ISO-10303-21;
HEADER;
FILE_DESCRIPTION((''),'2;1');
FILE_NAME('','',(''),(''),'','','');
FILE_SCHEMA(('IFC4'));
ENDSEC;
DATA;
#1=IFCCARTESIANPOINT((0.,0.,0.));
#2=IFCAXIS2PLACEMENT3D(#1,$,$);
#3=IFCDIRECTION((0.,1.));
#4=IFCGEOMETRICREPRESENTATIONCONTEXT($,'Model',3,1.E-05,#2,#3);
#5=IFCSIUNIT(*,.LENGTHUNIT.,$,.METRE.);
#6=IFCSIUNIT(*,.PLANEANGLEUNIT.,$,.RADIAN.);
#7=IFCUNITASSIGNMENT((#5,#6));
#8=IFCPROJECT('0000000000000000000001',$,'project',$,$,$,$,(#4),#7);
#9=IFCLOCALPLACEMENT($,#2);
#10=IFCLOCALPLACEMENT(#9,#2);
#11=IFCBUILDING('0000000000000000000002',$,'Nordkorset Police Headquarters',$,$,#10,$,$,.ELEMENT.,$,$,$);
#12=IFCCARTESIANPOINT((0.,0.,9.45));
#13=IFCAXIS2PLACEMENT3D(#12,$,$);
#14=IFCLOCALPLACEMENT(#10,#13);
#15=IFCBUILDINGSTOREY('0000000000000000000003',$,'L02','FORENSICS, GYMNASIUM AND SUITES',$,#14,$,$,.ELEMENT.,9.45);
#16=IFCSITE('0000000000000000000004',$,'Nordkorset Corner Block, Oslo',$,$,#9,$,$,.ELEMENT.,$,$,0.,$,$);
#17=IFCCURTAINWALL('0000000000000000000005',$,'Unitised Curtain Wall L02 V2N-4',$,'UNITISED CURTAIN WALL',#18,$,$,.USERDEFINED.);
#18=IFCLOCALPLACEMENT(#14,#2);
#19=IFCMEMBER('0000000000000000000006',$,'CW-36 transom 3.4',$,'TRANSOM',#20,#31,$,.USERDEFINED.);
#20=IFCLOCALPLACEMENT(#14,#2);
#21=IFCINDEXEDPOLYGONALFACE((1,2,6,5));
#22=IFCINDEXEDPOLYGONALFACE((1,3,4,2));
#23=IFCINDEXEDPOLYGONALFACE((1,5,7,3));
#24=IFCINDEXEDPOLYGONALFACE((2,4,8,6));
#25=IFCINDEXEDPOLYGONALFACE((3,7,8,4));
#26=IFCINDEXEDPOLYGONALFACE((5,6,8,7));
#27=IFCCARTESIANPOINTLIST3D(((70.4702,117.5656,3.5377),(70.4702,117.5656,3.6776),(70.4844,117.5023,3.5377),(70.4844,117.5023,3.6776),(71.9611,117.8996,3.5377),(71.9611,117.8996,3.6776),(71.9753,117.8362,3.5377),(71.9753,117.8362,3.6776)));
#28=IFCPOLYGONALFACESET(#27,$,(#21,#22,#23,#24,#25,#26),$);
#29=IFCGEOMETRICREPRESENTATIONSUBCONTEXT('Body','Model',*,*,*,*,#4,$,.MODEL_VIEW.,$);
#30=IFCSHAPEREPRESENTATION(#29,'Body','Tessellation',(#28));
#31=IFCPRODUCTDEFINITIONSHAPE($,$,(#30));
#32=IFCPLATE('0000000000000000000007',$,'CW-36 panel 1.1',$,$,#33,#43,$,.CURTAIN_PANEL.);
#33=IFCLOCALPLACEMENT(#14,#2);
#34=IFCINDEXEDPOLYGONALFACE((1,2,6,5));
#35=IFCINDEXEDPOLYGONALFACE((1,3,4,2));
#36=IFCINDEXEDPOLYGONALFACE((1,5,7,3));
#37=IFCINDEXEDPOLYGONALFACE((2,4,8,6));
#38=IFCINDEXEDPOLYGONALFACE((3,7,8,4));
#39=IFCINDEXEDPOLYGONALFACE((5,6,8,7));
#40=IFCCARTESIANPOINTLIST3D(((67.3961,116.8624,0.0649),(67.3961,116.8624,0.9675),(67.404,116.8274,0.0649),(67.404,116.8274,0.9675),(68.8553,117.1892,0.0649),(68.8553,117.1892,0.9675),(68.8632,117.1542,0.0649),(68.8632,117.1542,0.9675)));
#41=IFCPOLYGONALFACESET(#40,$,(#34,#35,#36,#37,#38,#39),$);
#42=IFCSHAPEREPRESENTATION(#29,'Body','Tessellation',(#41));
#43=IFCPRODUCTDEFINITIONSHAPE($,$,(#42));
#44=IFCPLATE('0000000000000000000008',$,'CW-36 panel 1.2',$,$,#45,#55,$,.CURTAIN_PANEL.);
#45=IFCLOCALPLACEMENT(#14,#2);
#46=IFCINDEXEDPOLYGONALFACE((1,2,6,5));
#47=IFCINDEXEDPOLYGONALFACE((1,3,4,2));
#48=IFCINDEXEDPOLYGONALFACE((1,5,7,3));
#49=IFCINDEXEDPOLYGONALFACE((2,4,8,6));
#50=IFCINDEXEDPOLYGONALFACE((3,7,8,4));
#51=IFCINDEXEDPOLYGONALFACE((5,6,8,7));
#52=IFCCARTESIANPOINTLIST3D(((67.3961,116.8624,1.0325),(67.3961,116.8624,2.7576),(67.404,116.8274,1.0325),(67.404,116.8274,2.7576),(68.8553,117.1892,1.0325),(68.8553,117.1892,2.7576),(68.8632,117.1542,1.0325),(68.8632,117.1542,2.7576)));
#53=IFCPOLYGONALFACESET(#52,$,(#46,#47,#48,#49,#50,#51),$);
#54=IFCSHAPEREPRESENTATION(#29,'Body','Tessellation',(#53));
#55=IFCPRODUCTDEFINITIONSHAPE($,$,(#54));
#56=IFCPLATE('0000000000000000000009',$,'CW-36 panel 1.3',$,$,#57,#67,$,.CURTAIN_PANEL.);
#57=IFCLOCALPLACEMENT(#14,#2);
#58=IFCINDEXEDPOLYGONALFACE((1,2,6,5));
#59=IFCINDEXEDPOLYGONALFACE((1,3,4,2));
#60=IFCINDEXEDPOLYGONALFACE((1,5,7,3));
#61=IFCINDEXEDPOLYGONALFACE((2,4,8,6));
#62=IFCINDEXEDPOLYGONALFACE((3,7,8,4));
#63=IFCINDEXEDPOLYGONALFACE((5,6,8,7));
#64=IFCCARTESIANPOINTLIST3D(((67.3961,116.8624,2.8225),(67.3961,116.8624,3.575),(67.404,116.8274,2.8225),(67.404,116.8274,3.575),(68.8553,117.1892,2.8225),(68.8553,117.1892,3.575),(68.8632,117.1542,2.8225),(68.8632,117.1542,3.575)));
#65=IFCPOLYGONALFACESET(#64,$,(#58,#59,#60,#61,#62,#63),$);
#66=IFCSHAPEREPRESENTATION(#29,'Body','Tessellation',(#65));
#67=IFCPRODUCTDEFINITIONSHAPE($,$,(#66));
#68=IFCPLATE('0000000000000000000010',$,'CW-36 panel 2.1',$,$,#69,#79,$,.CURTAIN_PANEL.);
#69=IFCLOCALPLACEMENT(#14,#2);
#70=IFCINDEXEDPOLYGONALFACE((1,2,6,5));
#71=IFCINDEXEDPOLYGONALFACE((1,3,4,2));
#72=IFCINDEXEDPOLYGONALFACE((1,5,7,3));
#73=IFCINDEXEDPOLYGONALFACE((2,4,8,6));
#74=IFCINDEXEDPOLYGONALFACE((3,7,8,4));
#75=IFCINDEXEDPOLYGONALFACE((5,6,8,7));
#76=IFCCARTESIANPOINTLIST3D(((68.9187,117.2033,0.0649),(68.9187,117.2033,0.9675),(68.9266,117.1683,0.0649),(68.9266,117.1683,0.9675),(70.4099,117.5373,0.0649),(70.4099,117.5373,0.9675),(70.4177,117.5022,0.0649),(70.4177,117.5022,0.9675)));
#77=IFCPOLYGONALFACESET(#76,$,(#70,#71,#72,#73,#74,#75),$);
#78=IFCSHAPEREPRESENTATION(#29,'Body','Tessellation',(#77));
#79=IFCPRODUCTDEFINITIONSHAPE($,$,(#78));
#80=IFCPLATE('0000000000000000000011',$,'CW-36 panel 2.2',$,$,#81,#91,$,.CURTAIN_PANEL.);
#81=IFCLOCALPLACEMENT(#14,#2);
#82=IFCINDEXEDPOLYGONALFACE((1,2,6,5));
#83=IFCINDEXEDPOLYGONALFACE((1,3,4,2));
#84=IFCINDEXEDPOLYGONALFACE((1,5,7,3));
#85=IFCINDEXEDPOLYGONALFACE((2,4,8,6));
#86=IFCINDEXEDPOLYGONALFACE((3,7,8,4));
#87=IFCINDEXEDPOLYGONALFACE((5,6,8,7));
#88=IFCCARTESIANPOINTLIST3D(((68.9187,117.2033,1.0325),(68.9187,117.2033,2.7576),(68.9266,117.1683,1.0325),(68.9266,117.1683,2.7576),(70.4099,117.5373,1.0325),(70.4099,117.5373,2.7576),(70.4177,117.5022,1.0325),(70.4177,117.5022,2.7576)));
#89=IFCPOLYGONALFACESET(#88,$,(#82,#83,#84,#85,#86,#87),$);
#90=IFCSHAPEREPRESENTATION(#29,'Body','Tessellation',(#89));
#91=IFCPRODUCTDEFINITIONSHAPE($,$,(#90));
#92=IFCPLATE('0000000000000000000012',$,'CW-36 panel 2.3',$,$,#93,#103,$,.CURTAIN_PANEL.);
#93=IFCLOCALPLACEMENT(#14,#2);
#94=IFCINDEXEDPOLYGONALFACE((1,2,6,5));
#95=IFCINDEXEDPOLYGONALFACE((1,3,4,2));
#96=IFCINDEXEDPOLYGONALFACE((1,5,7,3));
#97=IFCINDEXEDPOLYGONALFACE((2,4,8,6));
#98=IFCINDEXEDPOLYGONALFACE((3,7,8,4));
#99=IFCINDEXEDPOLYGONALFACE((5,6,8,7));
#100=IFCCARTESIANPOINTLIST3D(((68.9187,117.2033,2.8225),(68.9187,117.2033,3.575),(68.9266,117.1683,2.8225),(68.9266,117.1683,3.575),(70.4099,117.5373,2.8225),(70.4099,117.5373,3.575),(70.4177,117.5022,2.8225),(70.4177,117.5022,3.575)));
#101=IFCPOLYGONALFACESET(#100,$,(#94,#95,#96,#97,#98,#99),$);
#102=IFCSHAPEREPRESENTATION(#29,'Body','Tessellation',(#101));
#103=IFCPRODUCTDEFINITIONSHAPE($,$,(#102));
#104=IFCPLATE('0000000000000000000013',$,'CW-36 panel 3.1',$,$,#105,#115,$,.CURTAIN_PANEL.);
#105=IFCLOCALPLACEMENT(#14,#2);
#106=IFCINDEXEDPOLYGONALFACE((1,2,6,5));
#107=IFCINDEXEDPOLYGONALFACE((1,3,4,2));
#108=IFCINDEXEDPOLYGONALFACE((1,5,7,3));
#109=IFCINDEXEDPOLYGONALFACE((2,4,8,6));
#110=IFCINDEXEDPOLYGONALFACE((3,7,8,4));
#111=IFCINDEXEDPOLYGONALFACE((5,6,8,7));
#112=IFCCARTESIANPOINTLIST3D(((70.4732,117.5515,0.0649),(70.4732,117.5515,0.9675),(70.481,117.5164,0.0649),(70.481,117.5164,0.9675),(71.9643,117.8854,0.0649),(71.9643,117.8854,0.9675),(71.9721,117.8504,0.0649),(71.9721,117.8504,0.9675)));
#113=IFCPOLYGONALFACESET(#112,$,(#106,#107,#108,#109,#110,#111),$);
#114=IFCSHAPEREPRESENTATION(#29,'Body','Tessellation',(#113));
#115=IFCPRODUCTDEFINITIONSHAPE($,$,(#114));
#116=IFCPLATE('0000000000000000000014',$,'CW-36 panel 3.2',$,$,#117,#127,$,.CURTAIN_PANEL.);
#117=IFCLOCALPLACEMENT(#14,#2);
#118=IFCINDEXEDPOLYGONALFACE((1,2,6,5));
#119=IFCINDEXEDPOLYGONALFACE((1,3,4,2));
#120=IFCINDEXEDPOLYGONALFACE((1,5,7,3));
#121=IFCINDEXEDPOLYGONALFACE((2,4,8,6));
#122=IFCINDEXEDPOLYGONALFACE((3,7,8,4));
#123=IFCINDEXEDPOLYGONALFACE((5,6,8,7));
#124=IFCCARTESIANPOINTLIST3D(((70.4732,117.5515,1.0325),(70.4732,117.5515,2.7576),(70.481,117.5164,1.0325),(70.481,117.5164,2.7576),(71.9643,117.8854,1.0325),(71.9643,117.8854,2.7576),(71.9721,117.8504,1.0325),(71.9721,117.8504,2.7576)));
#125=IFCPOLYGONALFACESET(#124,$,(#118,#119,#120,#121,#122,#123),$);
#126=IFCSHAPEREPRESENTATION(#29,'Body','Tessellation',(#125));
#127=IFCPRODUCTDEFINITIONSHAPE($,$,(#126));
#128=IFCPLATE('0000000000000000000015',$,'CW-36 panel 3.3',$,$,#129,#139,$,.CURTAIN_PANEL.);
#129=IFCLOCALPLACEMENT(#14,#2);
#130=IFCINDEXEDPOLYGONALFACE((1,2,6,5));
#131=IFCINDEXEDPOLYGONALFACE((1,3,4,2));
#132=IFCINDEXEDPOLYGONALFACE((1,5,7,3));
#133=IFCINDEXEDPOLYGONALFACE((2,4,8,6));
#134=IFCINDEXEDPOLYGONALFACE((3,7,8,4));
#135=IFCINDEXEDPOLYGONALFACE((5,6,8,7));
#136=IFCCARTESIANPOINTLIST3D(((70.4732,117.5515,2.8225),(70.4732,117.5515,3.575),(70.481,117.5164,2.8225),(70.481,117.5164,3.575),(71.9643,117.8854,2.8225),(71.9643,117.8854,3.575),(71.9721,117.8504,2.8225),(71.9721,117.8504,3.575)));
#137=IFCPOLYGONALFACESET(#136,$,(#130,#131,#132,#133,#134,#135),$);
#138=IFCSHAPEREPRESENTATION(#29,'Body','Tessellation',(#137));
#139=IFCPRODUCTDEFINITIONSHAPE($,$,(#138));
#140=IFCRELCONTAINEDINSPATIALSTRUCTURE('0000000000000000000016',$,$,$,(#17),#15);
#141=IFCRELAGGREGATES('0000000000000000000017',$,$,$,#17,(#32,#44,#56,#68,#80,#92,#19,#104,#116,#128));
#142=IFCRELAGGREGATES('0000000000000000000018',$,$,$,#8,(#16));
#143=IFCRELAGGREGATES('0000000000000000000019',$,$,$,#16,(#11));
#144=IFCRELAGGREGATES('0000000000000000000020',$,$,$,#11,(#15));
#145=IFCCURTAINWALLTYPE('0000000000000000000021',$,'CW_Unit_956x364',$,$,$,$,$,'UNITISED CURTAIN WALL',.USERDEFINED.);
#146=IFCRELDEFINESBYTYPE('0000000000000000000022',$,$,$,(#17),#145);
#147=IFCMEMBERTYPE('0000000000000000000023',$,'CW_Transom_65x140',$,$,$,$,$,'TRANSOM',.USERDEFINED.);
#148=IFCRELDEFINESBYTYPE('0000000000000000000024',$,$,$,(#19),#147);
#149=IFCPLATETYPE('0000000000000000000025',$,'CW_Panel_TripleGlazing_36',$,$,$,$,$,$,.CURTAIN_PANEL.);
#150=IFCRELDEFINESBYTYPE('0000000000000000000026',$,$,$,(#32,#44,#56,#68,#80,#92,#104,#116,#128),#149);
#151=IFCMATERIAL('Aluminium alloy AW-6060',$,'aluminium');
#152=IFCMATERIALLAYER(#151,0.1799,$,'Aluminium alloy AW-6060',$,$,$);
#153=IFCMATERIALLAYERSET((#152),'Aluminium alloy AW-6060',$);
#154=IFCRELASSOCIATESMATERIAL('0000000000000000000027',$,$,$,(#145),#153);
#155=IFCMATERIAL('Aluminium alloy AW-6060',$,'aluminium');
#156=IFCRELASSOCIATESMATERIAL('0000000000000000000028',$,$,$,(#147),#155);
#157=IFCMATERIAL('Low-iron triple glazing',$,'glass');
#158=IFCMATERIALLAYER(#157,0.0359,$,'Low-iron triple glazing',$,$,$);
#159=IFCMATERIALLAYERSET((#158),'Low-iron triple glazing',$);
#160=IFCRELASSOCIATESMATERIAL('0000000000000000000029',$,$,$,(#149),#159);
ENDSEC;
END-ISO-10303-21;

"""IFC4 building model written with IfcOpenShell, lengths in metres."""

from ifc_helpers import new_model, si_unit, direction, frame, origin, origin_2d, place, context, subcontext, project, spatial, rectangle, extrude, material, layer, layer_set, material_profile, profile_set, type_object, element, aggregate, save


model = new_model("IFC4")

# Units and contexts
model_context = context("Model", 3, precision=1e-05, world=origin(), true_north=direction((0.0, 1.0)))
body_context = subcontext(model_context, "Body", "Model", "MODEL_VIEW")
ifc_project = project(units=[si_unit("LENGTHUNIT", "METRE"), si_unit("PLANEANGLEUNIT", "RADIAN")], contexts=[model_context])

# Site, building, storey
site_placement = place(None, origin())
site = spatial("IfcSite", under=ifc_project, at=site_placement, Name="Nordkorset Corner Block, Oslo", CompositionType="ELEMENT", RefElevation=0.0)
building_placement = place(site_placement, origin())
building = spatial("IfcBuilding", under=site, at=building_placement, Name="Nordkorset Police Headquarters", CompositionType="ELEMENT")
storey_placement = place(building_placement, frame((0.0, 0.0, 9.45)))
storey = spatial("IfcBuildingStorey", under=building, at=storey_placement, Name="L02", Description="FORENSICS, GYMNASIUM AND SUITES", CompositionType="ELEMENT", Elevation=9.45)

# Curtain wall, member, plates
ifc_material_1 = material(Name="Aluminium alloy AW-6060", Category="aluminium")
ifc_layer_1 = layer(ifc_material_1, 0.1799, Name="Aluminium alloy AW-6060")
ifc_layer_set_1 = layer_set([ifc_layer_1], Name="Aluminium alloy AW-6060")
curtain_wall_type = type_object("IfcCurtainWallType", Name="CW_Unit_956x364", ElementType="UNITISED CURTAIN WALL", PredefinedType="USERDEFINED", material=ifc_layer_set_1)
curtain_wall_placement = place(storey_placement, origin())
curtain_wall = element("IfcCurtainWall", 1, at=curtain_wall_placement, inside=storey, type_object=curtain_wall_type, Name="Unitised Curtain Wall L02 V2N-4", ObjectType="UNITISED CURTAIN WALL", PredefinedType="USERDEFINED")
ifc_material_2 = material(Name="Aluminium alloy AW-6060", Category="aluminium")
ifc_material_profile_1 = material_profile(ifc_material_2, rectangle(XDim=0.0649, YDim=0.1399, at=origin_2d()), Name="ALU TRAN 65x140")
ifc_profile_set_1 = profile_set([ifc_material_profile_1], Name="Aluminium alloy AW-6060")
member_type_1 = type_object("IfcMemberType", Name="CW_Transom_65x140", ElementType="TRANSOM", PredefinedType="USERDEFINED", material=ifc_profile_set_1)
member_1_placement = place(storey_placement, frame((70.4773, 117.5339, 3.6077), z_axis=(0.975817, 0.218588, 0.0), x_axis=(-0.218588, 0.975817, 0.0)))
member_1 = element("IfcMember", 2, at=member_1_placement, type_object=member_type_1, Name="CW-36 transom 3.4", ObjectType="TRANSOM", PredefinedType="USERDEFINED", context=body_context, shape_type="SweptSolid", body=[
    extrude(rectangle(XDim=0.0649, YDim=0.1399, at=origin_2d()), origin(), (0.0, 0.0, 1.0), 1.5278),
])
ifc_material_3 = material(Name="Low-iron triple glazing", Category="glass")
ifc_layer_2 = layer(ifc_material_3, 0.0359, Name="Low-iron triple glazing")
ifc_layer_set_2 = layer_set([ifc_layer_2], Name="Low-iron triple glazing")
plate_type = type_object("IfcPlateType", Name="CW_Panel_TripleGlazing_36", PredefinedType="CURTAIN_PANEL", material=ifc_layer_set_2)
plate_1_placement = place(storey_placement, frame((68.1296, 117.0083, 0.0649), z_axis=(0.0, 0.0, 1.0), x_axis=(0.975827, 0.218544, 0.0)))
plate_1 = element("IfcPlate", 3, at=plate_1_placement, type_object=plate_type, Name="CW-36 panel 1.1", PredefinedType="CURTAIN_PANEL", context=body_context, shape_type="SweptSolid", body=[
    extrude(rectangle(XDim=1.4954, YDim=0.0359, at=origin_2d()), origin(), (0.0, 0.0, 1.0), 0.9026),
])
plate_2_placement = place(storey_placement, frame((68.1296, 117.0083, 1.0325), z_axis=(0.0, 0.0, 1.0), x_axis=(0.975827, 0.218544, 0.0)))
plate_2 = element("IfcPlate", 4, at=plate_2_placement, type_object=plate_type, Name="CW-36 panel 1.2", PredefinedType="CURTAIN_PANEL", context=body_context, shape_type="SweptSolid", body=[
    extrude(rectangle(XDim=1.4954, YDim=0.0359, at=origin_2d()), origin(), (0.0, 0.0, 1.0), 1.7251),
])
plate_3_placement = place(storey_placement, frame((68.1296, 117.0083, 2.8225), z_axis=(0.0, 0.0, 1.0), x_axis=(0.975827, 0.218544, 0.0)))
plate_3 = element("IfcPlate", 5, at=plate_3_placement, type_object=plate_type, Name="CW-36 panel 1.3", PredefinedType="CURTAIN_PANEL", context=body_context, shape_type="SweptSolid", body=[
    extrude(rectangle(XDim=1.4954, YDim=0.0359, at=origin_2d()), origin(), (0.0, 0.0, 1.0), 0.7524),
])
plate_4_placement = place(storey_placement, frame((69.6682, 117.3528, 0.0649), z_axis=(0.0, 0.0, 1.0), x_axis=(0.975827, 0.218544, 0.0)))
plate_4 = element("IfcPlate", 6, at=plate_4_placement, type_object=plate_type, Name="CW-36 panel 2.1", PredefinedType="CURTAIN_PANEL", context=body_context, shape_type="SweptSolid", body=[
    extrude(rectangle(XDim=1.5281, YDim=0.0359, at=origin_2d()), origin(), (0.0, 0.0, 1.0), 0.9026),
])
plate_5_placement = place(storey_placement, frame((69.6682, 117.3528, 1.0325), z_axis=(0.0, 0.0, 1.0), x_axis=(0.975827, 0.218544, 0.0)))
plate_5 = element("IfcPlate", 7, at=plate_5_placement, type_object=plate_type, Name="CW-36 panel 2.2", PredefinedType="CURTAIN_PANEL", context=body_context, shape_type="SweptSolid", body=[
    extrude(rectangle(XDim=1.5281, YDim=0.0359, at=origin_2d()), origin(), (0.0, 0.0, 1.0), 1.7251),
])
plate_6_placement = place(storey_placement, frame((69.6682, 117.3528, 2.8225), z_axis=(0.0, 0.0, 1.0), x_axis=(0.975827, 0.218544, 0.0)))
plate_6 = element("IfcPlate", 8, at=plate_6_placement, type_object=plate_type, Name="CW-36 panel 2.3", PredefinedType="CURTAIN_PANEL", context=body_context, shape_type="SweptSolid", body=[
    extrude(rectangle(XDim=1.5281, YDim=0.0359, at=origin_2d()), origin(), (0.0, 0.0, 1.0), 0.7524),
])
plate_7_placement = place(storey_placement, frame((71.2227, 117.7009, 0.0649), z_axis=(0.0, 0.0, 1.0), x_axis=(0.975827, 0.218544, 0.0)))
plate_7 = element("IfcPlate", 9, at=plate_7_placement, type_object=plate_type, Name="CW-36 panel 3.1", PredefinedType="CURTAIN_PANEL", context=body_context, shape_type="SweptSolid", body=[
    extrude(rectangle(XDim=1.5281, YDim=0.0359, at=origin_2d()), origin(), (0.0, 0.0, 1.0), 0.9026),
])
plate_8_placement = place(storey_placement, frame((71.2227, 117.7009, 1.0325), z_axis=(0.0, 0.0, 1.0), x_axis=(0.975827, 0.218544, 0.0)))
plate_8 = element("IfcPlate", 10, at=plate_8_placement, type_object=plate_type, Name="CW-36 panel 3.2", PredefinedType="CURTAIN_PANEL", context=body_context, shape_type="SweptSolid", body=[
    extrude(rectangle(XDim=1.5281, YDim=0.0359, at=origin_2d()), origin(), (0.0, 0.0, 1.0), 1.7251),
])
plate_9_placement = place(storey_placement, frame((71.2227, 117.7009, 2.8225), z_axis=(0.0, 0.0, 1.0), x_axis=(0.975827, 0.218544, 0.0)))
plate_9 = element("IfcPlate", 11, at=plate_9_placement, type_object=plate_type, Name="CW-36 panel 3.3", PredefinedType="CURTAIN_PANEL", context=body_context, shape_type="SweptSolid", body=[
    extrude(rectangle(XDim=1.5281, YDim=0.0359, at=origin_2d()), origin(), (0.0, 0.0, 1.0), 0.7524),
])
aggregate(curtain_wall, [plate_1, plate_2, plate_3, plate_4, plate_5, plate_6, member_1, plate_7, plate_8, plate_9])

save(model, "model.ifc")
